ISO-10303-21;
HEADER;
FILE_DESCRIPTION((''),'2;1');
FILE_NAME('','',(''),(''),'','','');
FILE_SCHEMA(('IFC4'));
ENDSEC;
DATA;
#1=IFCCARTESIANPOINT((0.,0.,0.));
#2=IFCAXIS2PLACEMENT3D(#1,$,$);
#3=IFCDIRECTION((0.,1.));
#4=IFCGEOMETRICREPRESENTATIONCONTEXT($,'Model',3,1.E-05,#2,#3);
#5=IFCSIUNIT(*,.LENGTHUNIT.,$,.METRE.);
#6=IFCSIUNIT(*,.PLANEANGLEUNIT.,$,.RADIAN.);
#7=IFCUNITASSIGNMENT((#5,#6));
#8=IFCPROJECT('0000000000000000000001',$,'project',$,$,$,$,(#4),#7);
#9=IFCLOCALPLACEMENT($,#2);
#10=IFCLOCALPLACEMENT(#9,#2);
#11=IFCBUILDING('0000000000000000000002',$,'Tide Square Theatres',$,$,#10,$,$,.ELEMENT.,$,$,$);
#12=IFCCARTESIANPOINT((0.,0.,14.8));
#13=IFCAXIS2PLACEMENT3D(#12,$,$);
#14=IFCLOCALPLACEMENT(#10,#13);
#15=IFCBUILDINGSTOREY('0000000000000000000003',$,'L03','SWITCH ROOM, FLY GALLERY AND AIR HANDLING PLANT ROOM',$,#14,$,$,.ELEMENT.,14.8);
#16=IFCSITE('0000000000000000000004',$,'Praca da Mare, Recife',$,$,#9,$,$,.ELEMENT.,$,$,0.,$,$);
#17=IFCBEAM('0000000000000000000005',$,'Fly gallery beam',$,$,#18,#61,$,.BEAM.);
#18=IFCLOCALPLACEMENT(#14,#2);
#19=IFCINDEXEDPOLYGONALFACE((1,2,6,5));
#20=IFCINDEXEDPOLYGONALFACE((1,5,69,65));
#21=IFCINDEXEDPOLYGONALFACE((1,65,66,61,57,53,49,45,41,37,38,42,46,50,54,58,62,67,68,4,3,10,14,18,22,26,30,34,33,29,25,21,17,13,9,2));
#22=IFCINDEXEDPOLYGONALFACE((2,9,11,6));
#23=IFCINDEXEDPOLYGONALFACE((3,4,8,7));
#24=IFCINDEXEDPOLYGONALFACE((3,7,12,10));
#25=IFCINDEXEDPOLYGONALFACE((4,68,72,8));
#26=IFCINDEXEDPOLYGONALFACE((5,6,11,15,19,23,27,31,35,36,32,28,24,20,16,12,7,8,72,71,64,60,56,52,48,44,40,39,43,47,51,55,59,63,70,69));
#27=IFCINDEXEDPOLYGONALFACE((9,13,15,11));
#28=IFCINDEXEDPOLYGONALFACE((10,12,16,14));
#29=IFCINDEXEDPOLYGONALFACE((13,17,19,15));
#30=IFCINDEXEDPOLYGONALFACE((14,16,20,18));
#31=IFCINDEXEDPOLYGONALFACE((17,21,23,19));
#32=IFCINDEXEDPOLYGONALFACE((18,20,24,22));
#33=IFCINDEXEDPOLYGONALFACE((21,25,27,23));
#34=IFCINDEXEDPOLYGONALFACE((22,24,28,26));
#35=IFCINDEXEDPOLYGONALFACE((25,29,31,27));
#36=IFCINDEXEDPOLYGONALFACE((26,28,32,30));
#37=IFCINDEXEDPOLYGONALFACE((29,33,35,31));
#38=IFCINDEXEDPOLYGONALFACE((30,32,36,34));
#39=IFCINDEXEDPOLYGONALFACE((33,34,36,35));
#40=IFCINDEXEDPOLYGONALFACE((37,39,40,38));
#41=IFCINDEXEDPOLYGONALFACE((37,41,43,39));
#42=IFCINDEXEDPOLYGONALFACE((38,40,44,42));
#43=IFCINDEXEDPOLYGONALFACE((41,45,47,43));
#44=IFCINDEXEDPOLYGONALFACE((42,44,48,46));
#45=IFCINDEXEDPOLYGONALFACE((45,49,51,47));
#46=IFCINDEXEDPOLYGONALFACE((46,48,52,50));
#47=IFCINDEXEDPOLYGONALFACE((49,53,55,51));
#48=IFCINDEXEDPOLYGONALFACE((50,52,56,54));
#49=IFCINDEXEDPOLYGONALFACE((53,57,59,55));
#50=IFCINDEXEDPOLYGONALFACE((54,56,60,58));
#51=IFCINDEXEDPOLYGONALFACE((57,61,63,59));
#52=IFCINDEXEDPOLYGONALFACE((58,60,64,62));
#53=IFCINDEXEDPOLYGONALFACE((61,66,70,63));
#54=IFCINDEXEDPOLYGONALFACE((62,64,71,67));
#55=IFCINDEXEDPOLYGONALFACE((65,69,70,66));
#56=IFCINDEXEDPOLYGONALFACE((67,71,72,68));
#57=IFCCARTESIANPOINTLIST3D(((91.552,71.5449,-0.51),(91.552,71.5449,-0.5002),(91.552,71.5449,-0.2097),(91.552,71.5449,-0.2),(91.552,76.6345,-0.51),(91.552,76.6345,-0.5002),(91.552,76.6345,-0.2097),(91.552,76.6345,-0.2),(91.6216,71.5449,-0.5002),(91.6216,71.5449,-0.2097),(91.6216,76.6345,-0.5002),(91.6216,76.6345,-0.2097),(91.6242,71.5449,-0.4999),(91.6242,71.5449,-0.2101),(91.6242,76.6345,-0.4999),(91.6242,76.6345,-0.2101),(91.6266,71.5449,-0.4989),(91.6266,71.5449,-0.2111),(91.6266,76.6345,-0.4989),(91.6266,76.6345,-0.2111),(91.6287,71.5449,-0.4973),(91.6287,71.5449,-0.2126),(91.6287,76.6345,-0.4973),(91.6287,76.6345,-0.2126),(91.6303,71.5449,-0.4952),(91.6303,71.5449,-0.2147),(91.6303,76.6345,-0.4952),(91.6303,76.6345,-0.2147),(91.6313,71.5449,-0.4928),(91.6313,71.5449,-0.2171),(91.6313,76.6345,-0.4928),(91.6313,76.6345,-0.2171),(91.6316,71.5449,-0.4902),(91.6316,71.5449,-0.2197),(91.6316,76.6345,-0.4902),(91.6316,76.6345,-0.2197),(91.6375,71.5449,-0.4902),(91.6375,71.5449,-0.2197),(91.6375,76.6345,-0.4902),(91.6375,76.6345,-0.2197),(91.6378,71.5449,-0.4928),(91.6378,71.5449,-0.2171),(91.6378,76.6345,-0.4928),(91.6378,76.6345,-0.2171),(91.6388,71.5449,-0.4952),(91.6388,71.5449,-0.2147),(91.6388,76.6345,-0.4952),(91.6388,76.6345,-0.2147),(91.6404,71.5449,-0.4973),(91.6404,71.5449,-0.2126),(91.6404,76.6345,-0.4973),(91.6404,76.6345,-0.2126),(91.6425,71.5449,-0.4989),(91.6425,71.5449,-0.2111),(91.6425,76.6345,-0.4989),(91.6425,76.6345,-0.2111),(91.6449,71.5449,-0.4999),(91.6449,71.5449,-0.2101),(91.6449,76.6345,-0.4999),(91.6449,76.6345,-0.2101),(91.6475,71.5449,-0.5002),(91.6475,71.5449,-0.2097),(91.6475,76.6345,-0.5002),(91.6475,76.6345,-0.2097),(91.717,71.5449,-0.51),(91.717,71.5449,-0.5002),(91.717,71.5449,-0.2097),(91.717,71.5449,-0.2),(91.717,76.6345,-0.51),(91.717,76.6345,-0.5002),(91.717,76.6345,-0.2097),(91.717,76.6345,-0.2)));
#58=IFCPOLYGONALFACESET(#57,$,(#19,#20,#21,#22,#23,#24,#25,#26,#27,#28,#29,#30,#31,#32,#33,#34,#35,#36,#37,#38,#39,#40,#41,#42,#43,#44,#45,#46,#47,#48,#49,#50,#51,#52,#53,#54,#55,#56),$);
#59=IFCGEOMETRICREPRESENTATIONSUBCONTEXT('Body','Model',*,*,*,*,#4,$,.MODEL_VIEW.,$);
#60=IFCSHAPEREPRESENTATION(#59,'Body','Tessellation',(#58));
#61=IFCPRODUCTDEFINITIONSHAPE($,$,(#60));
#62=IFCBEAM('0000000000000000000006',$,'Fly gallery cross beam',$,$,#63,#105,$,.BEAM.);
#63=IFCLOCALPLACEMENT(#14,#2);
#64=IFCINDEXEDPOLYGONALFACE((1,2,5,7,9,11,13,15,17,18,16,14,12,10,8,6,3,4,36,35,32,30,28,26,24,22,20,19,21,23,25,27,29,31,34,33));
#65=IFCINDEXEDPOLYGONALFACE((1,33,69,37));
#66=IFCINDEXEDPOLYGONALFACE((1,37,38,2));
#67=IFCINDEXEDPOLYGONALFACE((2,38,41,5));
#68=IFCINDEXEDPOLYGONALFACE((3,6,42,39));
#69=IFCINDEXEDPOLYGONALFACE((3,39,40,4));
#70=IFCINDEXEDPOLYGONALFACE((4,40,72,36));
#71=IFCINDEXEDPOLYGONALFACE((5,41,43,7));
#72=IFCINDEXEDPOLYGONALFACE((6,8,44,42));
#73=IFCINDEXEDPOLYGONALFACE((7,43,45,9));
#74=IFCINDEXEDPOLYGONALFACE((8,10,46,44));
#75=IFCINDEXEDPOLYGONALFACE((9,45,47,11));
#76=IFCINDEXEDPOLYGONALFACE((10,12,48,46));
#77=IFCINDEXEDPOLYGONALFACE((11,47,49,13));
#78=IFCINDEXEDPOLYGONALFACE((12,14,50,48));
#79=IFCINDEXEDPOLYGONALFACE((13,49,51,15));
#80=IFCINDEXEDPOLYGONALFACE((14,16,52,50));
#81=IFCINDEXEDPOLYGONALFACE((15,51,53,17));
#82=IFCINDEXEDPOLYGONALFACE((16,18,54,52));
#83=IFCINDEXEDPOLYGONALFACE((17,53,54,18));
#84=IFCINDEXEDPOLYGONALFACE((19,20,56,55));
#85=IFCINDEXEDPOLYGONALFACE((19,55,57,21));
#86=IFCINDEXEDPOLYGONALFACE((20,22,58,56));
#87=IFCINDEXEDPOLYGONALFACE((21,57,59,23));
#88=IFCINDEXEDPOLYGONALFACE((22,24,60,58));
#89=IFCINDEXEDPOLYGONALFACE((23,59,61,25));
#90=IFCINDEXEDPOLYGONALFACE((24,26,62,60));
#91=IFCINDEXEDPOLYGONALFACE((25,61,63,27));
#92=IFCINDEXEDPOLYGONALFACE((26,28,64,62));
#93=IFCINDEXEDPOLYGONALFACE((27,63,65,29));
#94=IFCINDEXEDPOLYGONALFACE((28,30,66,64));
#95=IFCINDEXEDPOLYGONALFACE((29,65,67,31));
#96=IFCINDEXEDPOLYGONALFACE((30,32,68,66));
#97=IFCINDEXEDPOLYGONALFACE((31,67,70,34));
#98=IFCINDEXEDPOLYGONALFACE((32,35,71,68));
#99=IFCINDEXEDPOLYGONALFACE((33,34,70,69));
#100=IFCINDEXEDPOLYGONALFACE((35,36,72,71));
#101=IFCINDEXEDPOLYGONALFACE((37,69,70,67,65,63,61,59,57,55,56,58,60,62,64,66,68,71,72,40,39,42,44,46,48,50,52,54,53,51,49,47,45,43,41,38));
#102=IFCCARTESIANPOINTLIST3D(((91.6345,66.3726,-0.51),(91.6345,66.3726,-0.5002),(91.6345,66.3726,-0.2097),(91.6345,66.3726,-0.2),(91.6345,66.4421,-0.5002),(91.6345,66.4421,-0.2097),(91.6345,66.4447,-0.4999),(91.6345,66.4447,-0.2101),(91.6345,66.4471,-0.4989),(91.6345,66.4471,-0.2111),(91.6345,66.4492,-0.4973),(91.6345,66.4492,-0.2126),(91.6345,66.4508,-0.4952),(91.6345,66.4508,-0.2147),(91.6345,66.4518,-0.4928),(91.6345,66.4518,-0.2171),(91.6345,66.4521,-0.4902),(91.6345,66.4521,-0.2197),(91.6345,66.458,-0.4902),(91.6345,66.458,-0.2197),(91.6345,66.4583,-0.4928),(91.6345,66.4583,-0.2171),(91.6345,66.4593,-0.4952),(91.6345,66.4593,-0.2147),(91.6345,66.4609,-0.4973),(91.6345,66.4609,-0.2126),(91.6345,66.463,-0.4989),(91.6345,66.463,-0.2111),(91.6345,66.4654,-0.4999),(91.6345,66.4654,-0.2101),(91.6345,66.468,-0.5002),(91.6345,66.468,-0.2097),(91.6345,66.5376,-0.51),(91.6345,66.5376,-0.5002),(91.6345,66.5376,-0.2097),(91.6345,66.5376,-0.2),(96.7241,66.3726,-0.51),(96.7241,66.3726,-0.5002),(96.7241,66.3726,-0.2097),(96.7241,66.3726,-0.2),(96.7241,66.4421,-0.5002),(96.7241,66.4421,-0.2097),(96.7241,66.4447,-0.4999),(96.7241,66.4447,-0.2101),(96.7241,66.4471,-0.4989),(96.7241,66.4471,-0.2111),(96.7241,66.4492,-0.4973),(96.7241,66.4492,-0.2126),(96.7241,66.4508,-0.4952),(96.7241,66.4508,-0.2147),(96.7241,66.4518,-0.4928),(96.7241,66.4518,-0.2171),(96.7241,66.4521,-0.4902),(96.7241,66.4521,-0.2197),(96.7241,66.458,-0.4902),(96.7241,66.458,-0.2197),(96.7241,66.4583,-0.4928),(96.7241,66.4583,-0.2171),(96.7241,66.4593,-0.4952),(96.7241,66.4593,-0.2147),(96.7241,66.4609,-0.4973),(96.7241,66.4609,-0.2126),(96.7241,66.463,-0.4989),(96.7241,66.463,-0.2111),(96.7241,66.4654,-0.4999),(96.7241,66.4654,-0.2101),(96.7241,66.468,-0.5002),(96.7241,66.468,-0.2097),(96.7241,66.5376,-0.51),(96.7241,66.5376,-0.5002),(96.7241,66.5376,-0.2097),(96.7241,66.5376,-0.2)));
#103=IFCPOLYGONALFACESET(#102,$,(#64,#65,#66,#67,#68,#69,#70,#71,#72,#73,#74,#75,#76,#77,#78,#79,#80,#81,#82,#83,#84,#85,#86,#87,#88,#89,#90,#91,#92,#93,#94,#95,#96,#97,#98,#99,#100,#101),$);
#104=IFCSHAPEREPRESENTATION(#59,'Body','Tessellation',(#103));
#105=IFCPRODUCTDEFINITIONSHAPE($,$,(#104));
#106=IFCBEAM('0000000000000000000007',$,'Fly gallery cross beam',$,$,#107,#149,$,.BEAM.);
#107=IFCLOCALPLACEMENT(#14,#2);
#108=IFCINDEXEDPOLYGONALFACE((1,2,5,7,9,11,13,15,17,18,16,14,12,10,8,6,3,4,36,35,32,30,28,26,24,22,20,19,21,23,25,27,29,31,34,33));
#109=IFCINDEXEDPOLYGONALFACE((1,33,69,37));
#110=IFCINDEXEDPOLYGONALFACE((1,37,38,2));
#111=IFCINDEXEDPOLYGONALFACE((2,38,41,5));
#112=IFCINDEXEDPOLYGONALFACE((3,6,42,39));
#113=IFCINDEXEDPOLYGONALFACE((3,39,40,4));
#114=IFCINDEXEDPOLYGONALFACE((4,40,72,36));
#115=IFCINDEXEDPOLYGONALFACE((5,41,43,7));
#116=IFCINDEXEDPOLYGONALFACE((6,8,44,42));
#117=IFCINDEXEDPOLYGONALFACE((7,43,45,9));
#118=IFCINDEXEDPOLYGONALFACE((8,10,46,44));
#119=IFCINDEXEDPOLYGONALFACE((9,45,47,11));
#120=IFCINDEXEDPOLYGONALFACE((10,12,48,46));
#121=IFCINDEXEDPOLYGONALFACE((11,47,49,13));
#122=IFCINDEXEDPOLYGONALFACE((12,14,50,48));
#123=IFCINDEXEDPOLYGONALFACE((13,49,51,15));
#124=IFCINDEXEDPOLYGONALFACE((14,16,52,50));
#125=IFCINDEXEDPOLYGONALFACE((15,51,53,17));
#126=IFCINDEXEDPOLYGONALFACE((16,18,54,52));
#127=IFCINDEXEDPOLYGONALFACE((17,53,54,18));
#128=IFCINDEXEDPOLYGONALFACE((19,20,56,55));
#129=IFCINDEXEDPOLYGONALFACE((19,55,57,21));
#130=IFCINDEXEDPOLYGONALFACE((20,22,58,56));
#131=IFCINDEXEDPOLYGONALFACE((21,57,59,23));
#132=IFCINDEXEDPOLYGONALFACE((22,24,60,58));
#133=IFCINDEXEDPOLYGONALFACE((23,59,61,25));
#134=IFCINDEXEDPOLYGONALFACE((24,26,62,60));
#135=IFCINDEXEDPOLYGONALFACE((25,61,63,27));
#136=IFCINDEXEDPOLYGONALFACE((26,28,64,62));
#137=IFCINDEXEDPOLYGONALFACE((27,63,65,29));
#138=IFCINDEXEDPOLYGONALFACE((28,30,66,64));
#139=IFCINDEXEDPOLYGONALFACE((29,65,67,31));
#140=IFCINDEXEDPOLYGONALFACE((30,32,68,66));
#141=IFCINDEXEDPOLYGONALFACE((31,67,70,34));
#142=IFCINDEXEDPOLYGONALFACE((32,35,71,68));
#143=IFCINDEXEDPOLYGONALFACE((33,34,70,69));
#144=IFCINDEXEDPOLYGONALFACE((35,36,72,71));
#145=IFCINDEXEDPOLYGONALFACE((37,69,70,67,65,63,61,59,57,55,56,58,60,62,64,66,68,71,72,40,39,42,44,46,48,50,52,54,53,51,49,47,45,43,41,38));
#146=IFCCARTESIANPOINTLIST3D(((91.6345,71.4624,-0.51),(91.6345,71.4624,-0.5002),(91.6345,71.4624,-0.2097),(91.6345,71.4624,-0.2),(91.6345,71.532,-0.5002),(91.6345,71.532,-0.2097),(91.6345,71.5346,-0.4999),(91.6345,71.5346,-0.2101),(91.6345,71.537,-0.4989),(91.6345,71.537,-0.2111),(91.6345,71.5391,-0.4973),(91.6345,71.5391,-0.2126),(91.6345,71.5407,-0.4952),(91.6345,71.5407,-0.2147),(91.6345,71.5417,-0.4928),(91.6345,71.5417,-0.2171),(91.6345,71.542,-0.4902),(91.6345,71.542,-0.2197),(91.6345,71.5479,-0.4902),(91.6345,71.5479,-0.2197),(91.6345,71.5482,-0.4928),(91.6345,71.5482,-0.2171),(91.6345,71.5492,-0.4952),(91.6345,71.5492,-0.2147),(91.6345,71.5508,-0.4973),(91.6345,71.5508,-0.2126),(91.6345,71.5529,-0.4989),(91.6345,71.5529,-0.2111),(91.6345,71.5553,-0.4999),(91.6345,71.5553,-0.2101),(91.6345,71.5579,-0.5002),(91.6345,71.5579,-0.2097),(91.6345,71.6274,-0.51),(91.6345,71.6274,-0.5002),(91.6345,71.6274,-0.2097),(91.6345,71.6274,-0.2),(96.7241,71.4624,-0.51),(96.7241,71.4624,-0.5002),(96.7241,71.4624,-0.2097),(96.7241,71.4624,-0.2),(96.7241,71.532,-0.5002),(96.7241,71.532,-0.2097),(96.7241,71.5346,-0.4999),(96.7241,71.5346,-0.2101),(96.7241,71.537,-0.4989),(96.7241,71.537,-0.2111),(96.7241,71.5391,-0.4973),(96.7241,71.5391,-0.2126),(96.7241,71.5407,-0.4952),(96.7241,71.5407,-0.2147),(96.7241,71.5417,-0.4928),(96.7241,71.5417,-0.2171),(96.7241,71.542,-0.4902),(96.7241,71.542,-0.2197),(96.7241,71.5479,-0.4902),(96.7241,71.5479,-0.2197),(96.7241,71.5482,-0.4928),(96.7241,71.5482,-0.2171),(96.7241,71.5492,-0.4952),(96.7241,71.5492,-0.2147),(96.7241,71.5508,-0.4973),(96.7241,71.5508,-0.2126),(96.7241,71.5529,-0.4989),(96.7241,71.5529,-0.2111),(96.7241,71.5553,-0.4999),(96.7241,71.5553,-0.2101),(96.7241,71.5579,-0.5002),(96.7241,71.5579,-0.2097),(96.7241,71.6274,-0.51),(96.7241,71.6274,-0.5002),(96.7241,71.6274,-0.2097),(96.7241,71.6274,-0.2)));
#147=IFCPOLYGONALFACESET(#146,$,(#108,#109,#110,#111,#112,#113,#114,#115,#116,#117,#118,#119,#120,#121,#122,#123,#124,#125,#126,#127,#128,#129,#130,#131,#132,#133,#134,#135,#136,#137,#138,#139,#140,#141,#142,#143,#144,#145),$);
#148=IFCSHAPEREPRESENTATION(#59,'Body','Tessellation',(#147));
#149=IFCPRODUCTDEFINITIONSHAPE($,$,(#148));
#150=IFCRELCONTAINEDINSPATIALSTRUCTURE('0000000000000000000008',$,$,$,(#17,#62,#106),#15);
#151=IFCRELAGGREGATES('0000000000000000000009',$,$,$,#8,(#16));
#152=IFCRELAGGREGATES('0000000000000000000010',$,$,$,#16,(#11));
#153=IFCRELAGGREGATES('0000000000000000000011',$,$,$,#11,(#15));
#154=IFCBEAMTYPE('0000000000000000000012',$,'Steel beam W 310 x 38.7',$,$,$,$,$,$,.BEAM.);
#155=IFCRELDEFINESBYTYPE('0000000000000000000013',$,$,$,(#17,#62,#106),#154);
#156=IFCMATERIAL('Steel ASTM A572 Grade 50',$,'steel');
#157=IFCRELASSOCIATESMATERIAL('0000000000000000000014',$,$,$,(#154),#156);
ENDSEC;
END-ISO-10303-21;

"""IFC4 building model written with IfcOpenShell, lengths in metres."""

from ifc_helpers import new_model, si_unit, direction, frame, origin, origin_2d, place, context, subcontext, project, spatial, i_section, extrude, material, material_profile, profile_set, type_object, element, save


model = new_model("IFC4")

# Units and contexts
model_context = context("Model", 3, precision=1e-05, world=origin(), true_north=direction((0.0, 1.0)))
body_context = subcontext(model_context, "Body", "Model", "MODEL_VIEW")
ifc_project = project(units=[si_unit("LENGTHUNIT", "METRE"), si_unit("PLANEANGLEUNIT", "RADIAN")], contexts=[model_context])

# Site, building, storey
site_placement = place(None, origin())
site = spatial("IfcSite", under=ifc_project, at=site_placement, Name="Praca da Mare, Recife", CompositionType="ELEMENT", RefElevation=0.0)
building_placement = place(site_placement, origin())
building = spatial("IfcBuilding", under=site, at=building_placement, Name="Tide Square Theatres", CompositionType="ELEMENT")
storey_placement = place(building_placement, frame((0.0, 0.0, 14.8)))
storey = spatial("IfcBuildingStorey", under=building, at=storey_placement, Name="L03", Description="SWITCH ROOM, FLY GALLERY AND AIR HANDLING PLANT ROOM", CompositionType="ELEMENT", Elevation=14.8)

# Beams
ifc_material_1 = material(Name="Steel ASTM A572 Grade 50", Category="steel")
ifc_material_profile_1 = material_profile(ifc_material_1, i_section(OverallWidth=0.165, OverallDepth=0.3101, WebThickness=0.0059, FlangeThickness=0.0098, FilletRadius=0.01, at=origin_2d()))
ifc_profile_set_1 = profile_set([ifc_material_profile_1], Name="Steel ASTM A572 Grade 50")
beam_type = type_object("IfcBeamType", Name="Steel beam W 310 x 38.7", PredefinedType="BEAM", material=ifc_profile_set_1)
for number, where, z_axis, x_axis, name in (
    (1, (91.6345, 71.5449, -0.355), (0.0, 1.0, 0.0), (-1.0, 0.0, 0.0), "Fly gallery beam"),
    (2, (91.6345, 66.4551, -0.355), (1.0, 0.0, 0.0), (0.0, 1.0, 0.0), "Fly gallery cross beam"),
    (3, (91.6345, 71.5449, -0.355), (1.0, 0.0, 0.0), (0.0, 1.0, 0.0), "Fly gallery cross beam"),
):
    element("IfcBeam", number, at=place(storey_placement, frame(where, z_axis=z_axis, x_axis=x_axis)), inside=storey, type_object=beam_type, Name=name, PredefinedType="BEAM", context=body_context, shape_type="SweptSolid", body=[
        extrude(i_section(OverallWidth=0.165, OverallDepth=0.3101, WebThickness=0.0059, FlangeThickness=0.0098, FilletRadius=0.01, at=origin_2d()), origin(), (0.0, 0.0, 1.0), 5.0896),
    ])

save(model, "model.ifc")
